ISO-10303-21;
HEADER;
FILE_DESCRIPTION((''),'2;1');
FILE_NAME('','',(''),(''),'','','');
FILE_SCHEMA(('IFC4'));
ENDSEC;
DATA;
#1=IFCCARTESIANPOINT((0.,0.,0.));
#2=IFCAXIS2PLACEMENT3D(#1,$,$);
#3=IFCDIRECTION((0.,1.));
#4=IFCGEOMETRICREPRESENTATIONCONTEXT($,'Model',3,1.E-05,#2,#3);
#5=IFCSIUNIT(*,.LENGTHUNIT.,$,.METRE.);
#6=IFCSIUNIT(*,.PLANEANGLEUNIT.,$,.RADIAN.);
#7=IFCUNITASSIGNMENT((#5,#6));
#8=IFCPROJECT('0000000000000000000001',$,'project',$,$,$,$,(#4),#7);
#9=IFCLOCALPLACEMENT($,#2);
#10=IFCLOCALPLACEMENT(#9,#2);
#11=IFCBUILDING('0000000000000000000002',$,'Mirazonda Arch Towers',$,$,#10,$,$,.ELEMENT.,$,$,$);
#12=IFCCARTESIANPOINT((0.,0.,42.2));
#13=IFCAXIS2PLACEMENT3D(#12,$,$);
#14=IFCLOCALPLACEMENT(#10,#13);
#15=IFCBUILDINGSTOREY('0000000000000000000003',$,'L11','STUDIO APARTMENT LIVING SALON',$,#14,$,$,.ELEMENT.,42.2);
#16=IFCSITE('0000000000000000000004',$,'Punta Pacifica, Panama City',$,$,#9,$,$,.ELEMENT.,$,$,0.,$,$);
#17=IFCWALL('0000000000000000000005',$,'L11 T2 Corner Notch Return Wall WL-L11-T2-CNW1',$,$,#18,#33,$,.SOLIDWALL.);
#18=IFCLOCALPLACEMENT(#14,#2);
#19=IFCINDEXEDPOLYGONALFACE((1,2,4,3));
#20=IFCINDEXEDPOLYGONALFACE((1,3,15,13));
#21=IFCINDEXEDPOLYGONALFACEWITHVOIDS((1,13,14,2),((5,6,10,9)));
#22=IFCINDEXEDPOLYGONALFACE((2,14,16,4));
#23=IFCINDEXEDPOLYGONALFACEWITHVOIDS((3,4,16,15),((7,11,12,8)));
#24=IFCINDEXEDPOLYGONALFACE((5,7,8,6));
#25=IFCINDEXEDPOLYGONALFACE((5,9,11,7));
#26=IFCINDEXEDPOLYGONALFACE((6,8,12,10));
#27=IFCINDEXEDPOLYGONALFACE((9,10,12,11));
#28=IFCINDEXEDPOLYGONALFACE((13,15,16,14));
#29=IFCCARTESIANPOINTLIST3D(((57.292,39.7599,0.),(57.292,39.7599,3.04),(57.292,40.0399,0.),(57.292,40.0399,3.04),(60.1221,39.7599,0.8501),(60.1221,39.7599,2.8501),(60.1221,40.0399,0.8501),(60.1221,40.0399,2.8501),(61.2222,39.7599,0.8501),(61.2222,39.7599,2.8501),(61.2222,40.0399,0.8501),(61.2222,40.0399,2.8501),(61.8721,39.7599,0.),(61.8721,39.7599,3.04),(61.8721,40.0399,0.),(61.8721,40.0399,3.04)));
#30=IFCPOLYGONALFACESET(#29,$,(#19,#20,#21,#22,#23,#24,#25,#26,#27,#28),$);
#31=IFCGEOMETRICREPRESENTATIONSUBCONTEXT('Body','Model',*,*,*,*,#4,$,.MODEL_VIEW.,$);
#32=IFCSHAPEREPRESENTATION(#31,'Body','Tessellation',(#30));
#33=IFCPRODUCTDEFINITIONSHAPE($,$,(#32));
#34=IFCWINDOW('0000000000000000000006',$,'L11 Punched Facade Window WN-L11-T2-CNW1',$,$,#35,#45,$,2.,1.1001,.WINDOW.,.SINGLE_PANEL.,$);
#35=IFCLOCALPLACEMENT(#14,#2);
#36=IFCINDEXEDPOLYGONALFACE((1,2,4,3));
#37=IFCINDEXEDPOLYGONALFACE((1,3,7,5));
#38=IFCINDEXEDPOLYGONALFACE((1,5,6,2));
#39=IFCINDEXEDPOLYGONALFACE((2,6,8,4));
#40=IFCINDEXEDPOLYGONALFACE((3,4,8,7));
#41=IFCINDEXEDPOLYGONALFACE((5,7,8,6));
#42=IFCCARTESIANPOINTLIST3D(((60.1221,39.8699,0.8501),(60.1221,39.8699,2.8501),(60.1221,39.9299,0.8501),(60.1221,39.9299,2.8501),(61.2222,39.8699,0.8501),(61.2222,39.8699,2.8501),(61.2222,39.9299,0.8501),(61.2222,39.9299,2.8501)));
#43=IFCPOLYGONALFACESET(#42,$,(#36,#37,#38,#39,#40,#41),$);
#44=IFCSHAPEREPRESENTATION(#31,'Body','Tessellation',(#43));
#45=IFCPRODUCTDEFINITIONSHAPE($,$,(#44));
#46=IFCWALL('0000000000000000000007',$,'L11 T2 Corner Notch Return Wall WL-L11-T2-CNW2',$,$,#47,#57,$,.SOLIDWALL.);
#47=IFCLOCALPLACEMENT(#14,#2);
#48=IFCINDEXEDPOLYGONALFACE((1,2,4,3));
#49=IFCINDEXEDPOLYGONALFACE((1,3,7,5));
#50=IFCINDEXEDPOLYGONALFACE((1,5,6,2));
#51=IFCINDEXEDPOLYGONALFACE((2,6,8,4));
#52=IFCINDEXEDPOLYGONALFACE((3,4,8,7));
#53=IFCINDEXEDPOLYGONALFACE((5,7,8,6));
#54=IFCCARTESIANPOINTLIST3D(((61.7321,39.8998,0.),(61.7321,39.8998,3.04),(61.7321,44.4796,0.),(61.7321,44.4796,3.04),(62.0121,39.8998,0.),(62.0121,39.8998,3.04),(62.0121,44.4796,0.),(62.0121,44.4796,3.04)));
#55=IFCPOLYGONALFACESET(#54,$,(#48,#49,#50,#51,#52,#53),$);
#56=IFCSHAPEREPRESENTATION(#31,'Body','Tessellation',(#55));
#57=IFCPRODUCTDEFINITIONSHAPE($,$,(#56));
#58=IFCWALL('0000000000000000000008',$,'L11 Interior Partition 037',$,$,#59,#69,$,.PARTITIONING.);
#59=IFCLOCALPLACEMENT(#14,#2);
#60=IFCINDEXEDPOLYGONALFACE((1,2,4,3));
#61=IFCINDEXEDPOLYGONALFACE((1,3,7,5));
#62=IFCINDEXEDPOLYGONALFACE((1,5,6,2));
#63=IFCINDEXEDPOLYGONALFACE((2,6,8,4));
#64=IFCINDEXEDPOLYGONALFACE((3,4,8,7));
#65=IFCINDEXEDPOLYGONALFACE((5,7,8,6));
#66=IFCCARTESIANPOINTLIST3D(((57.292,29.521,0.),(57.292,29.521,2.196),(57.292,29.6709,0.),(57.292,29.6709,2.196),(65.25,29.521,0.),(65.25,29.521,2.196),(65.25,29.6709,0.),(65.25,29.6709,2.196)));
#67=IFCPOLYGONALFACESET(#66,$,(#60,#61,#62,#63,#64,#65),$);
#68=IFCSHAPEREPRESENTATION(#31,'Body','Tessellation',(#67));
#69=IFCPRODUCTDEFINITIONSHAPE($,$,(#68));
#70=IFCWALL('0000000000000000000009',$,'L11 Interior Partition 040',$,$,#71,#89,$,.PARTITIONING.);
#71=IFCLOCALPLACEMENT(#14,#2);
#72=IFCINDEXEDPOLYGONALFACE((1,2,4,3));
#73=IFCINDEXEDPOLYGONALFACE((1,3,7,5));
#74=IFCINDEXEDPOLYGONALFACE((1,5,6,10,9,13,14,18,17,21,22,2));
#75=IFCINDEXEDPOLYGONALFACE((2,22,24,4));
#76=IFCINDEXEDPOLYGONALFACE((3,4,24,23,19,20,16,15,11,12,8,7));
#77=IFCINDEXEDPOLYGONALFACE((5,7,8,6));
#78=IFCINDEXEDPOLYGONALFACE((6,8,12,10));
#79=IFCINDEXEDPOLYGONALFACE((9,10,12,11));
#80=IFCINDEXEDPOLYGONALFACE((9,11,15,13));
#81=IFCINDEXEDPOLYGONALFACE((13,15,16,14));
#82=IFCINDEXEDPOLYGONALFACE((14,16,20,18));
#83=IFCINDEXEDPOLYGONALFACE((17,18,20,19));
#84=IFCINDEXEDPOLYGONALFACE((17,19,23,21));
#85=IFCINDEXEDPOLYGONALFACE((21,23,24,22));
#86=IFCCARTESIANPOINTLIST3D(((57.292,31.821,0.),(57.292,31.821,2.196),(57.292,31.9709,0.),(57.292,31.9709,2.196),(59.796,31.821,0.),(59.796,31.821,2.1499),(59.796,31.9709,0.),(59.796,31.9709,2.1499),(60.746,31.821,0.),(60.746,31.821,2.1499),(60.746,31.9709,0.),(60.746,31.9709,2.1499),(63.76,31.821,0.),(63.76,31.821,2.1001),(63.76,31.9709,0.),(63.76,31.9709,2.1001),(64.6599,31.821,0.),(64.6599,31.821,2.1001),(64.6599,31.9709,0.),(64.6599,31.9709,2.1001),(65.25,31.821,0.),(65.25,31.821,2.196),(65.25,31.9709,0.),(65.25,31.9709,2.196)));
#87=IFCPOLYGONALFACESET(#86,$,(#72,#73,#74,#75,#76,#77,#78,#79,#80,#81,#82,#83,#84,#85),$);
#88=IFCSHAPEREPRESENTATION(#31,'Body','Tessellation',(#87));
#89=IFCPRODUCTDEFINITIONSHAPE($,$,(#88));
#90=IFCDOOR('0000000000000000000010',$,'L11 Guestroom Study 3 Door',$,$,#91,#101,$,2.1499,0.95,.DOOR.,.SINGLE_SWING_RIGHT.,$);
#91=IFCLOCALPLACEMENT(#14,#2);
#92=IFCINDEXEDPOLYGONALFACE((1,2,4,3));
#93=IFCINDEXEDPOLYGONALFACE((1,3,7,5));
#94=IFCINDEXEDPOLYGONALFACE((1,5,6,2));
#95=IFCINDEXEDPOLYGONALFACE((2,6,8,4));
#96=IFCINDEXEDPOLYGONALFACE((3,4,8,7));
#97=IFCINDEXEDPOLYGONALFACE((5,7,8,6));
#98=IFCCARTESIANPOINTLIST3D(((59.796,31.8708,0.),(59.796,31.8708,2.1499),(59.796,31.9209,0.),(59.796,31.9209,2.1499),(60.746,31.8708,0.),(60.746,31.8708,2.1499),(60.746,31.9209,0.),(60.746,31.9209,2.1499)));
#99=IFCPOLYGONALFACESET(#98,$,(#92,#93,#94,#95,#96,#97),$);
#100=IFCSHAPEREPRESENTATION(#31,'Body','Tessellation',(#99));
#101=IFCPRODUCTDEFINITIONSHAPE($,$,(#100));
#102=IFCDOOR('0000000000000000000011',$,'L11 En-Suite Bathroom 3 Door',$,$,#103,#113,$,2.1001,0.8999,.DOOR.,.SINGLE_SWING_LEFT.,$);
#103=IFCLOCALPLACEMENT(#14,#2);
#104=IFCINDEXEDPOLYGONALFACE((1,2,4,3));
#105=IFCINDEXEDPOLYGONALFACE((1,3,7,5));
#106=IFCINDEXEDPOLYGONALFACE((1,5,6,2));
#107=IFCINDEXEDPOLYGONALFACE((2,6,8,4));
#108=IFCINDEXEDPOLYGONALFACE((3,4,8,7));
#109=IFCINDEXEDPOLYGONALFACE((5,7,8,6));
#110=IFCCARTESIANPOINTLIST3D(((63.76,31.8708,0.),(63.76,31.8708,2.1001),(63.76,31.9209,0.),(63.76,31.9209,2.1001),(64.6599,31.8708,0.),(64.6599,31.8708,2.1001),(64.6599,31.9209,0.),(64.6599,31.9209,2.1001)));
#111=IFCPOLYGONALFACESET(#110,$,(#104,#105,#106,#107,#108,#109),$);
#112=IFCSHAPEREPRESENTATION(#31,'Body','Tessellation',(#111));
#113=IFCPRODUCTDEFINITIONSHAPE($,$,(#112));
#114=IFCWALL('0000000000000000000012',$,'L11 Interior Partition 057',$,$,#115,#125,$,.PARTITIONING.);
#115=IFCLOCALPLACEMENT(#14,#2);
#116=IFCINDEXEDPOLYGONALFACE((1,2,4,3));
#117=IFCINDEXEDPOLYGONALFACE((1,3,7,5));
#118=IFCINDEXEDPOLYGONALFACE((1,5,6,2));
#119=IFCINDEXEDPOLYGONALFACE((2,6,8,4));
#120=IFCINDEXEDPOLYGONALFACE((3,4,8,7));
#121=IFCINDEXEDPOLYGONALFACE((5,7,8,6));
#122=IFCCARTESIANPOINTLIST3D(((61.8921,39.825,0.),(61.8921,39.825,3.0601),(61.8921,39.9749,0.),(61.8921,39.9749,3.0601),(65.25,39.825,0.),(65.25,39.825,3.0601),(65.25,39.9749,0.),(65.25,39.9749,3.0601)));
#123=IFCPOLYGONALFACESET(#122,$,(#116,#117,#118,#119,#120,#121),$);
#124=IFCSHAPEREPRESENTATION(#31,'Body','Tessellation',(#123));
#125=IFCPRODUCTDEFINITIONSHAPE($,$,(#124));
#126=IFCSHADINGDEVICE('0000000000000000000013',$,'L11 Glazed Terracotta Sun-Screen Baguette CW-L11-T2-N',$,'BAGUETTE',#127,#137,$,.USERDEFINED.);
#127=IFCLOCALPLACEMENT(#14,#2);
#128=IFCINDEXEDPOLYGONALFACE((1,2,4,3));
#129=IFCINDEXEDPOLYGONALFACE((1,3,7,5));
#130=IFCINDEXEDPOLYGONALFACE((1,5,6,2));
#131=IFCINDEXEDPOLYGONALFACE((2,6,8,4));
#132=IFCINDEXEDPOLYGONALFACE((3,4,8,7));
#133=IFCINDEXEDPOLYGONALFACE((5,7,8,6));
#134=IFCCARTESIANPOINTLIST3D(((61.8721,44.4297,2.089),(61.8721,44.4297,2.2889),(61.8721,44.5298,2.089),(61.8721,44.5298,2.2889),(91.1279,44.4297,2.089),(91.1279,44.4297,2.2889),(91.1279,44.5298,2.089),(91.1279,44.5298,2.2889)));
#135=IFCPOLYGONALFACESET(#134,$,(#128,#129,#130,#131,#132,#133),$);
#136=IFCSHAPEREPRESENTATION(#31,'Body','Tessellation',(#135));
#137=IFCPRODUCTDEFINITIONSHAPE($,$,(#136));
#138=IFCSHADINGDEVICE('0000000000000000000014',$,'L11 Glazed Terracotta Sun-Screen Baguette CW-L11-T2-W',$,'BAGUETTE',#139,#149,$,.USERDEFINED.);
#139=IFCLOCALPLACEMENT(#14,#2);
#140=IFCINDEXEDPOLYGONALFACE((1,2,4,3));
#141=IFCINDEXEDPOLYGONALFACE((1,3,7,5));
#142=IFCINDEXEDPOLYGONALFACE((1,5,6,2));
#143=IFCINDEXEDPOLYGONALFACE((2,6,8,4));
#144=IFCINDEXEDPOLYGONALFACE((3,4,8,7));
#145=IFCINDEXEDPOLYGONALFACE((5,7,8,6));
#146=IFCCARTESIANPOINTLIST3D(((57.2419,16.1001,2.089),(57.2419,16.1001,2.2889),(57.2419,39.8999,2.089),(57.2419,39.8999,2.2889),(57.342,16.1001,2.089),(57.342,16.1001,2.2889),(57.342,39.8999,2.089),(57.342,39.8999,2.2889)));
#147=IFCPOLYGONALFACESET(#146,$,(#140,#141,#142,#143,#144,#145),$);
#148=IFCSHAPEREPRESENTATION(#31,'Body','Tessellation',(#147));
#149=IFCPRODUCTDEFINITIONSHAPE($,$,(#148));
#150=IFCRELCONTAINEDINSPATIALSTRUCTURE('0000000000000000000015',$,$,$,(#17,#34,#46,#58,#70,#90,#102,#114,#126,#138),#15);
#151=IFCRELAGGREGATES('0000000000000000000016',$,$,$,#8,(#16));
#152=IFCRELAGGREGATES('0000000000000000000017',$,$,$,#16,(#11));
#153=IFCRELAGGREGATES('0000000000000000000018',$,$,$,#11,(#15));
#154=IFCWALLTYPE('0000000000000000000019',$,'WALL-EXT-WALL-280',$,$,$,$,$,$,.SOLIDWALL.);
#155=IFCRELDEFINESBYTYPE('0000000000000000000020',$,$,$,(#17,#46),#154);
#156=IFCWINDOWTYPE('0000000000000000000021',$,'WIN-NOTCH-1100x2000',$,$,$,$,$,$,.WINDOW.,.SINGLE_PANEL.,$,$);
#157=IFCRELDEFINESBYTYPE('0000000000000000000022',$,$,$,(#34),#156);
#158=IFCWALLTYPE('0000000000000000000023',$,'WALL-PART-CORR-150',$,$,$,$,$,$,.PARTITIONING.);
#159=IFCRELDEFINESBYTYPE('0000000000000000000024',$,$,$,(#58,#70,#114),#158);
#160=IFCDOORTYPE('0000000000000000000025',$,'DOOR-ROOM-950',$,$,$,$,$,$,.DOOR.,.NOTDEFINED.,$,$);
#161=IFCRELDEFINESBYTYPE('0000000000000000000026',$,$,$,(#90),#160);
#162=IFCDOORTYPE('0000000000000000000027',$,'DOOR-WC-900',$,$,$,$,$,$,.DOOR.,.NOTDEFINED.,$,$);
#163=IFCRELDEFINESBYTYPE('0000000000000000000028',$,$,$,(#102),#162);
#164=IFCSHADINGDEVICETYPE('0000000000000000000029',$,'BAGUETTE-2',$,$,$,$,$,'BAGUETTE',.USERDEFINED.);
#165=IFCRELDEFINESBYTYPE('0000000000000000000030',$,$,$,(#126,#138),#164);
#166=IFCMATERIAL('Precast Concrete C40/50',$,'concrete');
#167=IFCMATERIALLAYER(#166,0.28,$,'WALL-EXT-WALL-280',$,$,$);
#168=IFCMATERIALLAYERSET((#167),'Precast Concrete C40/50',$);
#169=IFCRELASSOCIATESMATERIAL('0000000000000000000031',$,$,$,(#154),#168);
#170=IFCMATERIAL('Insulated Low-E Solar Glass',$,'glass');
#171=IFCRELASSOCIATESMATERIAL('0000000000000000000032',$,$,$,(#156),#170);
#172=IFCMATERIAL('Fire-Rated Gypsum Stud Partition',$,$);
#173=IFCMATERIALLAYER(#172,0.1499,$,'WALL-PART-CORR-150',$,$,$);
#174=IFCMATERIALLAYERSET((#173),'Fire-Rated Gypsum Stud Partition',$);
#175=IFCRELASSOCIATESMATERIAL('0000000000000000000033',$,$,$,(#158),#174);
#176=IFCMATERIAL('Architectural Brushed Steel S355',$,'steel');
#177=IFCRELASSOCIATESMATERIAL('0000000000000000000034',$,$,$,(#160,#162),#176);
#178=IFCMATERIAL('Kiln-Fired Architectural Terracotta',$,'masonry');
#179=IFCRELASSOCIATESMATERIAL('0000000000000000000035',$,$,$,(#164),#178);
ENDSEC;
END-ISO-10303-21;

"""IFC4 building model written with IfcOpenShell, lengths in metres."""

from ifc_helpers import new_model, si_unit, direction, frame, frame_2d, origin, origin_2d, place, context, subcontext, project, spatial, rectangle, extrude, material, layer, layer_set, material_profile, profile_set, type_object, element, fill, save


model = new_model("IFC4")

# Units and contexts
model_context = context("Model", 3, precision=1e-05, world=origin(), true_north=direction((0.0, 1.0)))
body_context = subcontext(model_context, "Body", "Model", "MODEL_VIEW")
ifc_project = project(units=[si_unit("LENGTHUNIT", "METRE"), si_unit("PLANEANGLEUNIT", "RADIAN")], contexts=[model_context])

# Site, building, storey
site_placement = place(None, origin())
site = spatial("IfcSite", under=ifc_project, at=site_placement, Name="Punta Pacifica, Panama City", CompositionType="ELEMENT", RefElevation=0.0)
building_placement = place(site_placement, origin())
building = spatial("IfcBuilding", under=site, at=building_placement, Name="Mirazonda Arch Towers", CompositionType="ELEMENT")
storey_placement = place(building_placement, frame((0.0, 0.0, 42.2)))
storey = spatial("IfcBuildingStorey", under=building, at=storey_placement, Name="L11", Description="STUDIO APARTMENT LIVING SALON", CompositionType="ELEMENT", Elevation=42.2)

# Shared definitions
ifc_material_1 = material(Name="Insulated Low-E Solar Glass", Category="glass")

# Wall, opening, window
ifc_material_2 = material(Name="Precast Concrete C40/50", Category="concrete")
ifc_layer_1 = layer(ifc_material_2, 0.28, Name="WALL-EXT-WALL-280")
ifc_layer_set_1 = layer_set([ifc_layer_1], Name="Precast Concrete C40/50")
wall_type_1 = type_object("IfcWallType", Name="WALL-EXT-WALL-280", PredefinedType="SOLIDWALL", material=ifc_layer_set_1)
window_type = type_object("IfcWindowType", Name="WIN-NOTCH-1100x2000", PartitioningType="SINGLE_PANEL", PredefinedType="WINDOW", material=ifc_material_1)
wall_1_placement = place(storey_placement, frame((61.8721, 39.8999, 0.0), z_axis=(0.0, 0.0, 1.0), x_axis=(-1.0, 0.0, 0.0)))
wall_1 = element("IfcWall", 1, at=wall_1_placement, inside=storey, type_object=wall_type_1, Name="L11 T2 Corner Notch Return Wall WL-L11-T2-CNW1", PredefinedType="SOLIDWALL", context=body_context, shape_type="SweptSolid", body=[
    extrude(rectangle(XDim=4.5801, YDim=0.28, at=frame_2d((2.29, 0.0))), origin(), (0.0, 0.0, 1.0), 3.04),
])
opening_1_placement = place(wall_1_placement, frame((0.6499, 0.0, 0.8501)))
opening_1 = element("IfcOpeningElement", 2, at=opening_1_placement, cuts=wall_1, PredefinedType="OPENING", context=body_context, shape_type="SweptSolid", body=[
    extrude(rectangle(XDim=1.1001, YDim=2.0, at=frame_2d((0.55, 1.0))), frame((0.0, 0.1499, 0.0), z_axis=(0.0, -1.0, 0.0), x_axis=(1.0, 0.0, 0.0)), (0.0, 0.0, 1.0), 0.3),
])
window_1_placement = place(opening_1_placement, origin())
window_1 = element("IfcWindow", 3, at=window_1_placement, inside=storey, type_object=window_type, Name="L11 Punched Facade Window WN-L11-T2-CNW1", OverallHeight=2.0, OverallWidth=1.1001, PartitioningType="SINGLE_PANEL", PredefinedType="WINDOW", context=body_context, shape_type="SweptSolid", body=[
    extrude(rectangle(XDim=1.1001, YDim=2.0, at=frame_2d((0.55, 1.0))), frame((0.0, 0.03, 0.0), z_axis=(0.0, -1.0, 0.0), x_axis=(1.0, 0.0, 0.0)), (0.0, 0.0, 1.0), 0.0601),
])
fill(opening_1, window_1)

# Walls
wall_2_placement = place(storey_placement, frame((61.8721, 44.4797, 0.0), z_axis=(0.0, 0.0, 1.0), x_axis=(0.0, -1.0, 0.0)))
element("IfcWall", 4, at=wall_2_placement, inside=storey, type_object=wall_type_1, Name="L11 T2 Corner Notch Return Wall WL-L11-T2-CNW2", PredefinedType="SOLIDWALL", context=body_context, shape_type="SweptSolid", body=[
    extrude(rectangle(XDim=4.5798, YDim=0.28, at=frame_2d((2.29, 0.0))), origin(), (0.0, 0.0, 1.0), 3.04),
])
ifc_material_3 = material(Name="Fire-Rated Gypsum Stud Partition")
ifc_layer_2 = layer(ifc_material_3, 0.1499, Name="WALL-PART-CORR-150")
ifc_layer_set_2 = layer_set([ifc_layer_2], Name="Fire-Rated Gypsum Stud Partition")
wall_type_2 = type_object("IfcWallType", Name="WALL-PART-CORR-150", PredefinedType="PARTITIONING", material=ifc_layer_set_2)
wall_3_placement = place(storey_placement, frame((57.292, 29.5959, 0.0), z_axis=(0.0, 0.0, 1.0), x_axis=(1.0, 0.0, 0.0)))
element("IfcWall", 5, at=wall_3_placement, inside=storey, type_object=wall_type_2, Name="L11 Interior Partition 037", PredefinedType="PARTITIONING", context=body_context, shape_type="SweptSolid", body=[
    extrude(rectangle(XDim=7.958, YDim=0.1499, at=frame_2d((3.979, 0.0))), origin(), (0.0, 0.0, 1.0), 2.196),
])

# Wall, openings, doors
wall_4_placement = place(storey_placement, frame((57.292, 31.896, 0.0), z_axis=(0.0, 0.0, 1.0), x_axis=(1.0, 0.0, 0.0)))
wall_4 = element("IfcWall", 6, at=wall_4_placement, inside=storey, type_object=wall_type_2, Name="L11 Interior Partition 040", PredefinedType="PARTITIONING", context=body_context, shape_type="SweptSolid", body=[
    extrude(rectangle(XDim=7.958, YDim=0.1499, at=frame_2d((3.979, 0.0))), origin(), (0.0, 0.0, 1.0), 2.196),
])
opening_2_placement = place(wall_4_placement, frame((2.5039, 0.0, 0.0)))
opening_2 = element("IfcOpeningElement", 7, at=opening_2_placement, cuts=wall_4, PredefinedType="OPENING", context=body_context, shape_type="SweptSolid", body=[
    extrude(rectangle(XDim=0.95, YDim=2.1499, at=frame_2d((0.4751, 1.075))), frame((0.0, 0.085, 0.0), z_axis=(0.0, -1.0, 0.0), x_axis=(1.0, 0.0, 0.0)), (0.0, 0.0, 1.0), 0.1699),
])
opening_3_placement = place(wall_4_placement, frame((6.468, 0.0, 0.0)))
opening_3 = element("IfcOpeningElement", 8, at=opening_3_placement, cuts=wall_4, PredefinedType="OPENING", context=body_context, shape_type="SweptSolid", body=[
    extrude(rectangle(XDim=0.8999, YDim=2.1001, at=frame_2d((0.45, 1.05))), frame((0.0, 0.085, 0.0), z_axis=(0.0, -1.0, 0.0), x_axis=(1.0, 0.0, 0.0)), (0.0, 0.0, 1.0), 0.1699),
])
ifc_material_4 = material(Name="Architectural Brushed Steel S355", Category="steel")
door_type_1 = type_object("IfcDoorType", Name="DOOR-ROOM-950", OperationType="NOTDEFINED", PredefinedType="DOOR", material=ifc_material_4)
door_1_placement = place(opening_2_placement, origin())
door_1 = element("IfcDoor", 9, at=door_1_placement, inside=storey, type_object=door_type_1, Name="L11 Guestroom Study 3 Door", OperationType="SINGLE_SWING_RIGHT", OverallHeight=2.1499, OverallWidth=0.95, PredefinedType="DOOR", context=body_context, shape_type="SweptSolid", body=[
    extrude(rectangle(XDim=0.95, YDim=2.1499, at=frame_2d((0.4751, 1.075))), frame((0.0, 0.0249, 0.0), z_axis=(0.0, -1.0, 0.0), x_axis=(1.0, 0.0, 0.0)), (0.0, 0.0, 1.0), 0.05),
])
fill(opening_2, door_1)
door_type_2 = type_object("IfcDoorType", Name="DOOR-WC-900", OperationType="NOTDEFINED", PredefinedType="DOOR", material=ifc_material_4)
door_2_placement = place(opening_3_placement, origin())
door_2 = element("IfcDoor", 10, at=door_2_placement, inside=storey, type_object=door_type_2, Name="L11 En-Suite Bathroom 3 Door", OperationType="SINGLE_SWING_LEFT", OverallHeight=2.1001, OverallWidth=0.8999, PredefinedType="DOOR", context=body_context, shape_type="SweptSolid", body=[
    extrude(rectangle(XDim=0.8999, YDim=2.1001, at=frame_2d((0.45, 1.05))), frame((0.0, 0.0249, 0.0), z_axis=(0.0, -1.0, 0.0), x_axis=(1.0, 0.0, 0.0)), (0.0, 0.0, 1.0), 0.05),
])
fill(opening_3, door_2)

# Wall
wall_5_placement = place(storey_placement, frame((61.8921, 39.8999, 0.0), z_axis=(0.0, 0.0, 1.0), x_axis=(1.0, 0.0, 0.0)))
element("IfcWall", 11, at=wall_5_placement, inside=storey, type_object=wall_type_2, Name="L11 Interior Partition 057", PredefinedType="PARTITIONING", context=body_context, shape_type="SweptSolid", body=[
    extrude(rectangle(XDim=3.3579, YDim=0.1499, at=frame_2d((1.679, 0.0))), origin(), (0.0, 0.0, 1.0), 3.0601),
])

# Shading devices
ifc_material_5 = material(Name="Kiln-Fired Architectural Terracotta", Category="masonry")
ifc_material_profile_1 = material_profile(ifc_material_5, rectangle(XDim=0.1001, YDim=0.2, at=origin_2d()), Name="TERRA-BAG-100x200")
ifc_profile_set_1 = profile_set([ifc_material_profile_1], Name="Kiln-Fired Architectural Terracotta")
shading_device_type = type_object("IfcShadingDeviceType", Name="BAGUETTE-2", ElementType="BAGUETTE", PredefinedType="USERDEFINED", material=ifc_profile_set_1)
shading_device_1_placement = place(storey_placement, frame((61.8721, 44.4797, 2.189), z_axis=(1.0, 0.0, 0.0), x_axis=(0.0, 1.0, 0.0)))
element("IfcShadingDevice", 12, at=shading_device_1_placement, inside=storey, type_object=shading_device_type, Name="L11 Glazed Terracotta Sun-Screen Baguette CW-L11-T2-N", ObjectType="BAGUETTE", PredefinedType="USERDEFINED", context=body_context, shape_type="SweptSolid", body=[
    extrude(rectangle(XDim=0.1001, YDim=0.2, at=origin_2d()), origin(), (0.0, 0.0, 1.0), 29.2559),
])
shading_device_2_placement = place(storey_placement, frame((57.292, 39.8999, 2.189), z_axis=(0.0, -1.0, 0.0), x_axis=(1.0, 0.0, 0.0)))
element("IfcShadingDevice", 13, at=shading_device_2_placement, inside=storey, type_object=shading_device_type, Name="L11 Glazed Terracotta Sun-Screen Baguette CW-L11-T2-W", ObjectType="BAGUETTE", PredefinedType="USERDEFINED", context=body_context, shape_type="SweptSolid", body=[
    extrude(rectangle(XDim=0.1001, YDim=0.2, at=origin_2d()), origin(), (0.0, 0.0, 1.0), 23.7998),
])

save(model, "model.ifc")
